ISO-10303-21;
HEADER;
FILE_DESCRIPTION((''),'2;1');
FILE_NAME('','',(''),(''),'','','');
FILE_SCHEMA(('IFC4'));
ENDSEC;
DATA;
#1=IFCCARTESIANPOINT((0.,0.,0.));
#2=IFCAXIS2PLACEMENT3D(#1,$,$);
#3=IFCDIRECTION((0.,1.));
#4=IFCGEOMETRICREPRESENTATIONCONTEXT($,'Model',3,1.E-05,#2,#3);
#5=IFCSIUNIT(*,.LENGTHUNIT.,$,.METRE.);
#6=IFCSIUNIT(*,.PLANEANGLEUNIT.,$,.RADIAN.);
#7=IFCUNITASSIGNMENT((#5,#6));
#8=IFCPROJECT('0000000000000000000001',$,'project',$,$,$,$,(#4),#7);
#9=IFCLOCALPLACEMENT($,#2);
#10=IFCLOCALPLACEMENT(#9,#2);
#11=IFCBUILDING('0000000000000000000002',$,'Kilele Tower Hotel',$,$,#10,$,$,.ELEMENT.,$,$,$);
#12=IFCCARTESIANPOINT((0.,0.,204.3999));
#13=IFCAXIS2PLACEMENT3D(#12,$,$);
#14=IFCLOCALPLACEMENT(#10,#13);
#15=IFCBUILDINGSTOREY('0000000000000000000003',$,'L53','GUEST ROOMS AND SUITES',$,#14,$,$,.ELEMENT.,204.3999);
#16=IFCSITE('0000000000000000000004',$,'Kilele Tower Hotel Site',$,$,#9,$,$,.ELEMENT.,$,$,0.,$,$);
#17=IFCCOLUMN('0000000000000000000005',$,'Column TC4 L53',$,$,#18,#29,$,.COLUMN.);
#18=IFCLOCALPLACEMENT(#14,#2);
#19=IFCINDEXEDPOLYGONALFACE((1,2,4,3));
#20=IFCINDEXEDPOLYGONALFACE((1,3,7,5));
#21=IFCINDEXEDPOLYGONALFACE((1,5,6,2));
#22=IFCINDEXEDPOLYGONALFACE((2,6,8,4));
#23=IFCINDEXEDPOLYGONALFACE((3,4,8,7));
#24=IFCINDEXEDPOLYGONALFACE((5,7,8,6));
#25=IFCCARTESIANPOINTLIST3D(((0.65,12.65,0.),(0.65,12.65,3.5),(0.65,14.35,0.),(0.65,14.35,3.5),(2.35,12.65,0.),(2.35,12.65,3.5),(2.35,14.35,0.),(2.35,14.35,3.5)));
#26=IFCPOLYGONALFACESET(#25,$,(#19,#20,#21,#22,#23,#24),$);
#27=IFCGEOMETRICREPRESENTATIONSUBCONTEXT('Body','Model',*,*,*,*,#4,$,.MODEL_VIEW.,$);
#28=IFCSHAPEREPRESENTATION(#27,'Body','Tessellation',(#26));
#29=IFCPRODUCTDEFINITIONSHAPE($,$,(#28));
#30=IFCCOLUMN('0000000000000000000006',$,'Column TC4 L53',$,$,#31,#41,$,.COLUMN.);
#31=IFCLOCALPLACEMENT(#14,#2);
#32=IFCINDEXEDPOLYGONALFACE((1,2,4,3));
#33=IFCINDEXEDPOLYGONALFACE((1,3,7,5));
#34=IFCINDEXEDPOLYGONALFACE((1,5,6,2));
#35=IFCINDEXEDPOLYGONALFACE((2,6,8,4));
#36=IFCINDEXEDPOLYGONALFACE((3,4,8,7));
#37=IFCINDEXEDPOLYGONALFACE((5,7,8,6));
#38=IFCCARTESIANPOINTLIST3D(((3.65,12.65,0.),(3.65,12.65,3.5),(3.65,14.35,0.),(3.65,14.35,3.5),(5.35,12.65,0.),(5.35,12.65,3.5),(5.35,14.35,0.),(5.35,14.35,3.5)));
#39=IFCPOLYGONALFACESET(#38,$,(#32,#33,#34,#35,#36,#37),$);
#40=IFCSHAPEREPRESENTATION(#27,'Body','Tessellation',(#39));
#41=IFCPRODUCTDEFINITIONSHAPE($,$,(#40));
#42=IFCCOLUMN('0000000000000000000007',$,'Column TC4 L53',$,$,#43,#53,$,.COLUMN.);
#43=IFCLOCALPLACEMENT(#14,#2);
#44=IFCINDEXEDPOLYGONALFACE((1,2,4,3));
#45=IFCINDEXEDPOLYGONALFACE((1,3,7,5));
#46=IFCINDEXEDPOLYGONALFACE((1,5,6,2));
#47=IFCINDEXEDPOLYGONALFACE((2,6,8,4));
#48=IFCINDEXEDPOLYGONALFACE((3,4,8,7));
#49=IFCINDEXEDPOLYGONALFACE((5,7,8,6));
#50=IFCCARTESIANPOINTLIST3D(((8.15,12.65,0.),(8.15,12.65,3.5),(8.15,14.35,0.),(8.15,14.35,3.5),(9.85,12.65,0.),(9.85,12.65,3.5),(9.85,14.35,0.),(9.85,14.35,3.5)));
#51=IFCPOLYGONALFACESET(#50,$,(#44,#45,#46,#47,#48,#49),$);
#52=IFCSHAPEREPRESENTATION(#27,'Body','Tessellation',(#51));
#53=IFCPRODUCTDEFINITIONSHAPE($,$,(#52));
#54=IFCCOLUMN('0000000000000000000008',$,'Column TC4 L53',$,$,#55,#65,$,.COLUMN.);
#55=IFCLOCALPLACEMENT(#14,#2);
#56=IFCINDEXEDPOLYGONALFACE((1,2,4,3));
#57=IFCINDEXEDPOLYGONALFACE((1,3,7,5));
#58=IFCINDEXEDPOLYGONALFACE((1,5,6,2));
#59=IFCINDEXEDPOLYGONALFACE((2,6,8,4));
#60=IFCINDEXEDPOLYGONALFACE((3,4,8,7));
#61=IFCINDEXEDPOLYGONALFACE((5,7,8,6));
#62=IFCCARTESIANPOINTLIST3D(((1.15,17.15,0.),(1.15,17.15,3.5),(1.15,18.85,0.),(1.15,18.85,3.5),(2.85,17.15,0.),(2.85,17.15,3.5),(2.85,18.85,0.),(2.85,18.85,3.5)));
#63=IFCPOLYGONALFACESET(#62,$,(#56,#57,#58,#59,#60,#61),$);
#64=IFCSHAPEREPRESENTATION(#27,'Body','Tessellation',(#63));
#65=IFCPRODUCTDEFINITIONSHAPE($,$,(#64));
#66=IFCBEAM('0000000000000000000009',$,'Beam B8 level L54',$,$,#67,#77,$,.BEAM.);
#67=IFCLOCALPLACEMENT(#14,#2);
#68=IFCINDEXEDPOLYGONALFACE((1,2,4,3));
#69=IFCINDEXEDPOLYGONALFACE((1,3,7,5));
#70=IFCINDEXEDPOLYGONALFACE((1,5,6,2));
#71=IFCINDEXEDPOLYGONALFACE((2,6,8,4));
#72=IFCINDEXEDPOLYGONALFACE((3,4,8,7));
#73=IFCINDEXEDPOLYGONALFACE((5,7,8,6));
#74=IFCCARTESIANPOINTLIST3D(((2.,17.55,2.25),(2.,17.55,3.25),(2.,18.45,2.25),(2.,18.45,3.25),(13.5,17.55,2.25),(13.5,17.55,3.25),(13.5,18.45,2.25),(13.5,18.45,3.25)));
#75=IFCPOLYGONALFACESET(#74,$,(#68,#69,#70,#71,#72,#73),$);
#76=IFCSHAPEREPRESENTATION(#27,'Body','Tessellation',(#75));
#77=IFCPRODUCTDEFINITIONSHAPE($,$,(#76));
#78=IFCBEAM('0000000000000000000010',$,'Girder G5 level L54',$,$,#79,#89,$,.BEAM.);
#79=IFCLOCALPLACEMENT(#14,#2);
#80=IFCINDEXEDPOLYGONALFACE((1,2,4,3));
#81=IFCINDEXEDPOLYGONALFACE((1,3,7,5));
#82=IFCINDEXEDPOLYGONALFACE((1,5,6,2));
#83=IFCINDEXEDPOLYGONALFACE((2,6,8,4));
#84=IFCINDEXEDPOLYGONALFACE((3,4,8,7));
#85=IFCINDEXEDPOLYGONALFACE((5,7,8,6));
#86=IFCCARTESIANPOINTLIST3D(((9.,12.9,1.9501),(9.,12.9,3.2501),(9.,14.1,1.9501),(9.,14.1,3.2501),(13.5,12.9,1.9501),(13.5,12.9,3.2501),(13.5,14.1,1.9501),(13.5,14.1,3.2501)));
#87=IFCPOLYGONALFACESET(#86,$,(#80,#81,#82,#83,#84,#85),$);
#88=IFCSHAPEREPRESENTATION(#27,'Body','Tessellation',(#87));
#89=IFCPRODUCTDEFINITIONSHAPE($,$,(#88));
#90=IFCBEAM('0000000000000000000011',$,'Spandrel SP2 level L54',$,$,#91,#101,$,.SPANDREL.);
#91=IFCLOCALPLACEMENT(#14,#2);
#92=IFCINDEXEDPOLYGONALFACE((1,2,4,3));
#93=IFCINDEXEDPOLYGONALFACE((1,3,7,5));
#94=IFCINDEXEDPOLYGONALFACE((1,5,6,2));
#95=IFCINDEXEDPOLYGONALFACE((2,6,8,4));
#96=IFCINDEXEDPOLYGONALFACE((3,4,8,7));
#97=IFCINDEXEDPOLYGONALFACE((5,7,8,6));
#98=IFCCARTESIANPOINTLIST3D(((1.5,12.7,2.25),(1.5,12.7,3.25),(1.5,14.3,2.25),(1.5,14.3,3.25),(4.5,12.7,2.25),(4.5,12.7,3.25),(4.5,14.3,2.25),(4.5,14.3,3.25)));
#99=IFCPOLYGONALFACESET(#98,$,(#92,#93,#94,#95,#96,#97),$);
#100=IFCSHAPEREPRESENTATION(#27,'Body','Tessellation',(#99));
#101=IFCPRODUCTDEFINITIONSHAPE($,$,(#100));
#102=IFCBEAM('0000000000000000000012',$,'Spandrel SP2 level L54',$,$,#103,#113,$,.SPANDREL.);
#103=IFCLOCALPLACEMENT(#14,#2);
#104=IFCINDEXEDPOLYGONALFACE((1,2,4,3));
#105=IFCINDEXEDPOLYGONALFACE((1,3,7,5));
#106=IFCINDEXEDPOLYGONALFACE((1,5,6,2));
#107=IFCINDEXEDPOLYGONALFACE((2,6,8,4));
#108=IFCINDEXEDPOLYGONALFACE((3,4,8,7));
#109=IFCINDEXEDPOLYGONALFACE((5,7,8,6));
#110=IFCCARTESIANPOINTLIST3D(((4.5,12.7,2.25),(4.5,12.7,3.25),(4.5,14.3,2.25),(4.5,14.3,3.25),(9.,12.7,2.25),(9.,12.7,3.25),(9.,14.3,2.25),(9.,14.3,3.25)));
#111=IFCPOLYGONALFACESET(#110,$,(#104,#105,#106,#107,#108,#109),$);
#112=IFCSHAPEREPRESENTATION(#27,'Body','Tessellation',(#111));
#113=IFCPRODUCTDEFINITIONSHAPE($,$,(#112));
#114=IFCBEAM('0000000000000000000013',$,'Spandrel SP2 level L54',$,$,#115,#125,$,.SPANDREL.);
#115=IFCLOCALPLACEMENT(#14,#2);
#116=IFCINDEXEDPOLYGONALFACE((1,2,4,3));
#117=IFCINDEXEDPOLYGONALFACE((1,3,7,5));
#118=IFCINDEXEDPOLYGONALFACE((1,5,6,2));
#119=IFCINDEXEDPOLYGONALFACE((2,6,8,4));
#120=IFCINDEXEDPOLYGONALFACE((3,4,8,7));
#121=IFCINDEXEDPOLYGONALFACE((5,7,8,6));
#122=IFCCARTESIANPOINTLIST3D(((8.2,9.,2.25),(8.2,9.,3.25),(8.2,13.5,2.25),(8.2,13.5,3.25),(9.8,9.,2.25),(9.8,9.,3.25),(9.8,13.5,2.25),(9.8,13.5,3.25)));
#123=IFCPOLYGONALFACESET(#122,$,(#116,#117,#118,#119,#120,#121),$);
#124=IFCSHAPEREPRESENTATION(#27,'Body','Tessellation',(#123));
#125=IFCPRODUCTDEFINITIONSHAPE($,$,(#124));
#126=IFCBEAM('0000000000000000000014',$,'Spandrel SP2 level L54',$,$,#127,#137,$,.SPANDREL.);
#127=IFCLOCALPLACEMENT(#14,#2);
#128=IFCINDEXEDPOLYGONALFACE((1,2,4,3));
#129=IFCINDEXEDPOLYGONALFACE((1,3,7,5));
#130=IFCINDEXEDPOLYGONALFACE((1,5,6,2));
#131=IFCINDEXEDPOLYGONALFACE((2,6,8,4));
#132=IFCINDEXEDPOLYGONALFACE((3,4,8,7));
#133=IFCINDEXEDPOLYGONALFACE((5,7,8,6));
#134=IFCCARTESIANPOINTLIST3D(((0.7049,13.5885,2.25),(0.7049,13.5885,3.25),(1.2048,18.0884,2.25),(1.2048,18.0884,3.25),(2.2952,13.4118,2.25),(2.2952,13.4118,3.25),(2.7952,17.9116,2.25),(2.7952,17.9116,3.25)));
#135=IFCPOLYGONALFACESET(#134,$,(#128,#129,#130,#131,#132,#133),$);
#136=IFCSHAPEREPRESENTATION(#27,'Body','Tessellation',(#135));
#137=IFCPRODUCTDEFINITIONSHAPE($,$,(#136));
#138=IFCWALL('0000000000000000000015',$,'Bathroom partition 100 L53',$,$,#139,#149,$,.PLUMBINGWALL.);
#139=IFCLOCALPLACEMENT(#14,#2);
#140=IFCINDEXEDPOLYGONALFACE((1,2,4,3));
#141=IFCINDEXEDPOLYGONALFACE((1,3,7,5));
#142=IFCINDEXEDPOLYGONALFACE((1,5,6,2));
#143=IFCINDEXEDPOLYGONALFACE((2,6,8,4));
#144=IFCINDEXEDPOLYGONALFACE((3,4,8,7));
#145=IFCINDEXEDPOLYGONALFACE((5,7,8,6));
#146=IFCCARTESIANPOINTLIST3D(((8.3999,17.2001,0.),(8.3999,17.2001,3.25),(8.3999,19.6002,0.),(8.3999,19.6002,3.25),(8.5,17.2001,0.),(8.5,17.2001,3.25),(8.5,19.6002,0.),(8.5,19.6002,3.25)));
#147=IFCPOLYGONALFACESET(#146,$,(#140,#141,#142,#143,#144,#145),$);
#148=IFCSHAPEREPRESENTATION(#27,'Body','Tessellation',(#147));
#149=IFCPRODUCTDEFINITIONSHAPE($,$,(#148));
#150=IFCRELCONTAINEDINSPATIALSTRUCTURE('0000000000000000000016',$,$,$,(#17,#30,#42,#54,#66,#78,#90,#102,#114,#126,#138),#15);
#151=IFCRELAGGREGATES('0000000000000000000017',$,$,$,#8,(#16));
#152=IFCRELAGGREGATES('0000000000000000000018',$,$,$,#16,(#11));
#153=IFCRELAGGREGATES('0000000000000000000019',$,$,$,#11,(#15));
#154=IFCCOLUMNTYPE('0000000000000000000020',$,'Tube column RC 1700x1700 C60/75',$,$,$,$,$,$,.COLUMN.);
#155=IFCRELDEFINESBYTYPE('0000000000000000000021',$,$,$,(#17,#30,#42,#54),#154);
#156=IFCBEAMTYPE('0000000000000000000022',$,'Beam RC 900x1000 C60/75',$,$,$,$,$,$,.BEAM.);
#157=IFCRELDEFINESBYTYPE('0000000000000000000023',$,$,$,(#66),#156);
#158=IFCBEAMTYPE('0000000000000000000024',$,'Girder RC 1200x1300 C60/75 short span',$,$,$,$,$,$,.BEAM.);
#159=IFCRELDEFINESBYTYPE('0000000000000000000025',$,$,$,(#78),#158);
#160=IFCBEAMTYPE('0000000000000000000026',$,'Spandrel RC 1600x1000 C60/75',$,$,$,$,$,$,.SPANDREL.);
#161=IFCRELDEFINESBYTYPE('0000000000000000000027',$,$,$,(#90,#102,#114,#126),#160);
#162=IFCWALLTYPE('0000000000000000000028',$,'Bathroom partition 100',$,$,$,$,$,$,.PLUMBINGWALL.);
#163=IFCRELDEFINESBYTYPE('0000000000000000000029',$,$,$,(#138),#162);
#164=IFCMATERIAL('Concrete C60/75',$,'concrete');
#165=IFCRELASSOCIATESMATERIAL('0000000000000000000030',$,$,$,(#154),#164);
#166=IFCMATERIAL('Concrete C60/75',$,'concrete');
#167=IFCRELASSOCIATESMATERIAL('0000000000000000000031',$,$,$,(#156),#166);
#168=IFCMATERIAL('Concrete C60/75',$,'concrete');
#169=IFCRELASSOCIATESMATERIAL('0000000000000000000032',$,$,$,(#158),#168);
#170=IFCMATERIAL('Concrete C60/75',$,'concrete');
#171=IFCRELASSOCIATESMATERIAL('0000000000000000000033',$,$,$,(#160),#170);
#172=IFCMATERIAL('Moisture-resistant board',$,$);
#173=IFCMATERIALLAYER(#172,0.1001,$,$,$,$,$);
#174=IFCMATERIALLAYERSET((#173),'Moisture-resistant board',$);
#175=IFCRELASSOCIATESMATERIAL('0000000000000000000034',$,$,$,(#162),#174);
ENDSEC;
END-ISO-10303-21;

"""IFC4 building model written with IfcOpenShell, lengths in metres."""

from ifc_helpers import new_model, si_unit, direction, frame, frame_2d, origin, origin_2d, place, context, subcontext, project, spatial, rectangle, extrude, material, layer, layer_set, material_profile, profile_set, type_object, element, save


model = new_model("IFC4")

# Units and contexts
model_context = context("Model", 3, precision=1e-05, world=origin(), true_north=direction((0.0, 1.0)))
body_context = subcontext(model_context, "Body", "Model", "MODEL_VIEW")
ifc_project = project(units=[si_unit("LENGTHUNIT", "METRE"), si_unit("PLANEANGLEUNIT", "RADIAN")], contexts=[model_context])

# Site, building, storey
site_placement = place(None, origin())
site = spatial("IfcSite", under=ifc_project, at=site_placement, Name="Kilele Tower Hotel Site", CompositionType="ELEMENT", RefElevation=0.0)
building_placement = place(site_placement, origin())
building = spatial("IfcBuilding", under=site, at=building_placement, Name="Kilele Tower Hotel", CompositionType="ELEMENT")
storey_placement = place(building_placement, frame((0.0, 0.0, 204.3999)))
storey = spatial("IfcBuildingStorey", under=building, at=storey_placement, Name="L53", Description="GUEST ROOMS AND SUITES", CompositionType="ELEMENT", Elevation=204.3999)

# Columns
ifc_material_1 = material(Name="Concrete C60/75", Category="concrete")
ifc_material_profile_1 = material_profile(ifc_material_1, rectangle(XDim=1.7, YDim=1.7, at=origin_2d()))
ifc_profile_set_1 = profile_set([ifc_material_profile_1], Name="Concrete C60/75")
column_type = type_object("IfcColumnType", Name="Tube column RC 1700x1700 C60/75", PredefinedType="COLUMN", material=ifc_profile_set_1)
for number, where, z_axis, x_axis, name in (
    (1, (1.5, 13.5, 0.0), (0.0, 0.0, 1.0), (1.0, 0.0, 0.0), "Column TC4 L53"),
    (2, (4.5, 13.5, 0.0), (0.0, 0.0, 1.0), (1.0, 0.0, 0.0), "Column TC4 L53"),
    (3, (9.0, 13.5, 0.0), (0.0, 0.0, 1.0), (1.0, 0.0, 0.0), "Column TC4 L53"),
    (4, (2.0, 18.0, 0.0), (0.0, 0.0, 1.0), (1.0, 0.0, 0.0), "Column TC4 L53"),
):
    element("IfcColumn", number, at=place(storey_placement, frame(where, z_axis=z_axis, x_axis=x_axis)), inside=storey, type_object=column_type, Name=name, PredefinedType="COLUMN", context=body_context, shape_type="SweptSolid", body=[
        extrude(rectangle(XDim=1.7, YDim=1.7, at=origin_2d()), origin(), (0.0, 0.0, 1.0), 3.5),
    ])

# Beams
ifc_material_2 = material(Name="Concrete C60/75", Category="concrete")
ifc_material_profile_2 = material_profile(ifc_material_2, rectangle(XDim=0.8999, YDim=1.0, at=origin_2d()))
ifc_profile_set_2 = profile_set([ifc_material_profile_2], Name="Concrete C60/75")
beam_type_1 = type_object("IfcBeamType", Name="Beam RC 900x1000 C60/75", PredefinedType="BEAM", material=ifc_profile_set_2)
beam_1_placement = place(storey_placement, frame((2.0, 18.0, 2.75), z_axis=(1.0, 0.0, 0.0), x_axis=(0.0, 1.0, 0.0)))
element("IfcBeam", 5, at=beam_1_placement, inside=storey, type_object=beam_type_1, Name="Beam B8 level L54", PredefinedType="BEAM", context=body_context, shape_type="SweptSolid", body=[
    extrude(rectangle(XDim=0.8999, YDim=1.0, at=origin_2d()), origin(), (0.0, 0.0, 1.0), 11.5),
])
ifc_material_3 = material(Name="Concrete C60/75", Category="concrete")
ifc_material_profile_3 = material_profile(ifc_material_3, rectangle(XDim=1.2, YDim=1.3, at=origin_2d()))
ifc_profile_set_3 = profile_set([ifc_material_profile_3], Name="Concrete C60/75")
beam_type_2 = type_object("IfcBeamType", Name="Girder RC 1200x1300 C60/75 short span", PredefinedType="BEAM", material=ifc_profile_set_3)
beam_2_placement = place(storey_placement, frame((9.0, 13.5, 2.6001), z_axis=(1.0, 0.0, 0.0), x_axis=(0.0, 1.0, 0.0)))
element("IfcBeam", 6, at=beam_2_placement, inside=storey, type_object=beam_type_2, Name="Girder G5 level L54", PredefinedType="BEAM", context=body_context, shape_type="SweptSolid", body=[
    extrude(rectangle(XDim=1.2, YDim=1.3, at=origin_2d()), origin(), (0.0, 0.0, 1.0), 4.5),
])
ifc_material_4 = material(Name="Concrete C60/75", Category="concrete")
ifc_material_profile_4 = material_profile(ifc_material_4, rectangle(XDim=1.6001, YDim=1.0, at=origin_2d()))
ifc_profile_set_4 = profile_set([ifc_material_profile_4], Name="Concrete C60/75")
beam_type_3 = type_object("IfcBeamType", Name="Spandrel RC 1600x1000 C60/75", PredefinedType="SPANDREL", material=ifc_profile_set_4)
beam_3_placement = place(storey_placement, frame((1.5, 13.5, 2.75), z_axis=(1.0, 0.0, 0.0), x_axis=(0.0, 1.0, 0.0)))
element("IfcBeam", 7, at=beam_3_placement, inside=storey, type_object=beam_type_3, Name="Spandrel SP2 level L54", PredefinedType="SPANDREL", context=body_context, shape_type="SweptSolid", body=[
    extrude(rectangle(XDim=1.6001, YDim=1.0, at=origin_2d()), origin(), (0.0, 0.0, 1.0), 3.0),
])
for number, where, z_axis, x_axis, name in (
    (8, (4.5, 13.5, 2.75), (1.0, 0.0, 0.0), (0.0, 1.0, 0.0), "Spandrel SP2 level L54"),
    (9, (9.0, 13.5, 2.75), (0.0, -1.0, 0.0), (1.0, 0.0, 0.0), "Spandrel SP2 level L54"),
):
    element("IfcBeam", number, at=place(storey_placement, frame(where, z_axis=z_axis, x_axis=x_axis)), inside=storey, type_object=beam_type_3, Name=name, PredefinedType="SPANDREL", context=body_context, shape_type="SweptSolid", body=[
        extrude(rectangle(XDim=1.6001, YDim=1.0, at=origin_2d()), origin(), (0.0, 0.0, 1.0), 4.5),
    ])
beam_4_placement = place(storey_placement, frame((2.0, 18.0, 2.75), z_axis=(-0.110432, -0.993884, 0.0), x_axis=(0.993884, -0.110432, 0.0)))
element("IfcBeam", 10, at=beam_4_placement, inside=storey, type_object=beam_type_3, Name="Spandrel SP2 level L54", PredefinedType="SPANDREL", context=body_context, shape_type="SweptSolid", body=[
    extrude(rectangle(XDim=1.6001, YDim=1.0, at=origin_2d()), origin(), (0.0, 0.0, 1.0), 4.5276),
])

# Wall
ifc_material_5 = material(Name="Moisture-resistant board")
ifc_layer_1 = layer(ifc_material_5, 0.1001)
ifc_layer_set_1 = layer_set([ifc_layer_1], Name="Moisture-resistant board")
wall_type_1 = type_object("IfcWallType", Name="Bathroom partition 100", PredefinedType="PLUMBINGWALL", material=ifc_layer_set_1)
wall_1_placement = place(storey_placement, frame((8.45, 17.2, 0.0), z_axis=(0.0, 0.0, 1.0), x_axis=(0.0, 1.0, 0.0)))
element("IfcWall", 11, at=wall_1_placement, inside=storey, type_object=wall_type_1, Name="Bathroom partition 100 L53", PredefinedType="PLUMBINGWALL", context=body_context, shape_type="SweptSolid", body=[
    extrude(rectangle(XDim=2.4001, YDim=0.1001, at=frame_2d((1.2002, 0.0))), origin(), (0.0, 0.0, 1.0), 3.25),
])

save(model, "model.ifc")
